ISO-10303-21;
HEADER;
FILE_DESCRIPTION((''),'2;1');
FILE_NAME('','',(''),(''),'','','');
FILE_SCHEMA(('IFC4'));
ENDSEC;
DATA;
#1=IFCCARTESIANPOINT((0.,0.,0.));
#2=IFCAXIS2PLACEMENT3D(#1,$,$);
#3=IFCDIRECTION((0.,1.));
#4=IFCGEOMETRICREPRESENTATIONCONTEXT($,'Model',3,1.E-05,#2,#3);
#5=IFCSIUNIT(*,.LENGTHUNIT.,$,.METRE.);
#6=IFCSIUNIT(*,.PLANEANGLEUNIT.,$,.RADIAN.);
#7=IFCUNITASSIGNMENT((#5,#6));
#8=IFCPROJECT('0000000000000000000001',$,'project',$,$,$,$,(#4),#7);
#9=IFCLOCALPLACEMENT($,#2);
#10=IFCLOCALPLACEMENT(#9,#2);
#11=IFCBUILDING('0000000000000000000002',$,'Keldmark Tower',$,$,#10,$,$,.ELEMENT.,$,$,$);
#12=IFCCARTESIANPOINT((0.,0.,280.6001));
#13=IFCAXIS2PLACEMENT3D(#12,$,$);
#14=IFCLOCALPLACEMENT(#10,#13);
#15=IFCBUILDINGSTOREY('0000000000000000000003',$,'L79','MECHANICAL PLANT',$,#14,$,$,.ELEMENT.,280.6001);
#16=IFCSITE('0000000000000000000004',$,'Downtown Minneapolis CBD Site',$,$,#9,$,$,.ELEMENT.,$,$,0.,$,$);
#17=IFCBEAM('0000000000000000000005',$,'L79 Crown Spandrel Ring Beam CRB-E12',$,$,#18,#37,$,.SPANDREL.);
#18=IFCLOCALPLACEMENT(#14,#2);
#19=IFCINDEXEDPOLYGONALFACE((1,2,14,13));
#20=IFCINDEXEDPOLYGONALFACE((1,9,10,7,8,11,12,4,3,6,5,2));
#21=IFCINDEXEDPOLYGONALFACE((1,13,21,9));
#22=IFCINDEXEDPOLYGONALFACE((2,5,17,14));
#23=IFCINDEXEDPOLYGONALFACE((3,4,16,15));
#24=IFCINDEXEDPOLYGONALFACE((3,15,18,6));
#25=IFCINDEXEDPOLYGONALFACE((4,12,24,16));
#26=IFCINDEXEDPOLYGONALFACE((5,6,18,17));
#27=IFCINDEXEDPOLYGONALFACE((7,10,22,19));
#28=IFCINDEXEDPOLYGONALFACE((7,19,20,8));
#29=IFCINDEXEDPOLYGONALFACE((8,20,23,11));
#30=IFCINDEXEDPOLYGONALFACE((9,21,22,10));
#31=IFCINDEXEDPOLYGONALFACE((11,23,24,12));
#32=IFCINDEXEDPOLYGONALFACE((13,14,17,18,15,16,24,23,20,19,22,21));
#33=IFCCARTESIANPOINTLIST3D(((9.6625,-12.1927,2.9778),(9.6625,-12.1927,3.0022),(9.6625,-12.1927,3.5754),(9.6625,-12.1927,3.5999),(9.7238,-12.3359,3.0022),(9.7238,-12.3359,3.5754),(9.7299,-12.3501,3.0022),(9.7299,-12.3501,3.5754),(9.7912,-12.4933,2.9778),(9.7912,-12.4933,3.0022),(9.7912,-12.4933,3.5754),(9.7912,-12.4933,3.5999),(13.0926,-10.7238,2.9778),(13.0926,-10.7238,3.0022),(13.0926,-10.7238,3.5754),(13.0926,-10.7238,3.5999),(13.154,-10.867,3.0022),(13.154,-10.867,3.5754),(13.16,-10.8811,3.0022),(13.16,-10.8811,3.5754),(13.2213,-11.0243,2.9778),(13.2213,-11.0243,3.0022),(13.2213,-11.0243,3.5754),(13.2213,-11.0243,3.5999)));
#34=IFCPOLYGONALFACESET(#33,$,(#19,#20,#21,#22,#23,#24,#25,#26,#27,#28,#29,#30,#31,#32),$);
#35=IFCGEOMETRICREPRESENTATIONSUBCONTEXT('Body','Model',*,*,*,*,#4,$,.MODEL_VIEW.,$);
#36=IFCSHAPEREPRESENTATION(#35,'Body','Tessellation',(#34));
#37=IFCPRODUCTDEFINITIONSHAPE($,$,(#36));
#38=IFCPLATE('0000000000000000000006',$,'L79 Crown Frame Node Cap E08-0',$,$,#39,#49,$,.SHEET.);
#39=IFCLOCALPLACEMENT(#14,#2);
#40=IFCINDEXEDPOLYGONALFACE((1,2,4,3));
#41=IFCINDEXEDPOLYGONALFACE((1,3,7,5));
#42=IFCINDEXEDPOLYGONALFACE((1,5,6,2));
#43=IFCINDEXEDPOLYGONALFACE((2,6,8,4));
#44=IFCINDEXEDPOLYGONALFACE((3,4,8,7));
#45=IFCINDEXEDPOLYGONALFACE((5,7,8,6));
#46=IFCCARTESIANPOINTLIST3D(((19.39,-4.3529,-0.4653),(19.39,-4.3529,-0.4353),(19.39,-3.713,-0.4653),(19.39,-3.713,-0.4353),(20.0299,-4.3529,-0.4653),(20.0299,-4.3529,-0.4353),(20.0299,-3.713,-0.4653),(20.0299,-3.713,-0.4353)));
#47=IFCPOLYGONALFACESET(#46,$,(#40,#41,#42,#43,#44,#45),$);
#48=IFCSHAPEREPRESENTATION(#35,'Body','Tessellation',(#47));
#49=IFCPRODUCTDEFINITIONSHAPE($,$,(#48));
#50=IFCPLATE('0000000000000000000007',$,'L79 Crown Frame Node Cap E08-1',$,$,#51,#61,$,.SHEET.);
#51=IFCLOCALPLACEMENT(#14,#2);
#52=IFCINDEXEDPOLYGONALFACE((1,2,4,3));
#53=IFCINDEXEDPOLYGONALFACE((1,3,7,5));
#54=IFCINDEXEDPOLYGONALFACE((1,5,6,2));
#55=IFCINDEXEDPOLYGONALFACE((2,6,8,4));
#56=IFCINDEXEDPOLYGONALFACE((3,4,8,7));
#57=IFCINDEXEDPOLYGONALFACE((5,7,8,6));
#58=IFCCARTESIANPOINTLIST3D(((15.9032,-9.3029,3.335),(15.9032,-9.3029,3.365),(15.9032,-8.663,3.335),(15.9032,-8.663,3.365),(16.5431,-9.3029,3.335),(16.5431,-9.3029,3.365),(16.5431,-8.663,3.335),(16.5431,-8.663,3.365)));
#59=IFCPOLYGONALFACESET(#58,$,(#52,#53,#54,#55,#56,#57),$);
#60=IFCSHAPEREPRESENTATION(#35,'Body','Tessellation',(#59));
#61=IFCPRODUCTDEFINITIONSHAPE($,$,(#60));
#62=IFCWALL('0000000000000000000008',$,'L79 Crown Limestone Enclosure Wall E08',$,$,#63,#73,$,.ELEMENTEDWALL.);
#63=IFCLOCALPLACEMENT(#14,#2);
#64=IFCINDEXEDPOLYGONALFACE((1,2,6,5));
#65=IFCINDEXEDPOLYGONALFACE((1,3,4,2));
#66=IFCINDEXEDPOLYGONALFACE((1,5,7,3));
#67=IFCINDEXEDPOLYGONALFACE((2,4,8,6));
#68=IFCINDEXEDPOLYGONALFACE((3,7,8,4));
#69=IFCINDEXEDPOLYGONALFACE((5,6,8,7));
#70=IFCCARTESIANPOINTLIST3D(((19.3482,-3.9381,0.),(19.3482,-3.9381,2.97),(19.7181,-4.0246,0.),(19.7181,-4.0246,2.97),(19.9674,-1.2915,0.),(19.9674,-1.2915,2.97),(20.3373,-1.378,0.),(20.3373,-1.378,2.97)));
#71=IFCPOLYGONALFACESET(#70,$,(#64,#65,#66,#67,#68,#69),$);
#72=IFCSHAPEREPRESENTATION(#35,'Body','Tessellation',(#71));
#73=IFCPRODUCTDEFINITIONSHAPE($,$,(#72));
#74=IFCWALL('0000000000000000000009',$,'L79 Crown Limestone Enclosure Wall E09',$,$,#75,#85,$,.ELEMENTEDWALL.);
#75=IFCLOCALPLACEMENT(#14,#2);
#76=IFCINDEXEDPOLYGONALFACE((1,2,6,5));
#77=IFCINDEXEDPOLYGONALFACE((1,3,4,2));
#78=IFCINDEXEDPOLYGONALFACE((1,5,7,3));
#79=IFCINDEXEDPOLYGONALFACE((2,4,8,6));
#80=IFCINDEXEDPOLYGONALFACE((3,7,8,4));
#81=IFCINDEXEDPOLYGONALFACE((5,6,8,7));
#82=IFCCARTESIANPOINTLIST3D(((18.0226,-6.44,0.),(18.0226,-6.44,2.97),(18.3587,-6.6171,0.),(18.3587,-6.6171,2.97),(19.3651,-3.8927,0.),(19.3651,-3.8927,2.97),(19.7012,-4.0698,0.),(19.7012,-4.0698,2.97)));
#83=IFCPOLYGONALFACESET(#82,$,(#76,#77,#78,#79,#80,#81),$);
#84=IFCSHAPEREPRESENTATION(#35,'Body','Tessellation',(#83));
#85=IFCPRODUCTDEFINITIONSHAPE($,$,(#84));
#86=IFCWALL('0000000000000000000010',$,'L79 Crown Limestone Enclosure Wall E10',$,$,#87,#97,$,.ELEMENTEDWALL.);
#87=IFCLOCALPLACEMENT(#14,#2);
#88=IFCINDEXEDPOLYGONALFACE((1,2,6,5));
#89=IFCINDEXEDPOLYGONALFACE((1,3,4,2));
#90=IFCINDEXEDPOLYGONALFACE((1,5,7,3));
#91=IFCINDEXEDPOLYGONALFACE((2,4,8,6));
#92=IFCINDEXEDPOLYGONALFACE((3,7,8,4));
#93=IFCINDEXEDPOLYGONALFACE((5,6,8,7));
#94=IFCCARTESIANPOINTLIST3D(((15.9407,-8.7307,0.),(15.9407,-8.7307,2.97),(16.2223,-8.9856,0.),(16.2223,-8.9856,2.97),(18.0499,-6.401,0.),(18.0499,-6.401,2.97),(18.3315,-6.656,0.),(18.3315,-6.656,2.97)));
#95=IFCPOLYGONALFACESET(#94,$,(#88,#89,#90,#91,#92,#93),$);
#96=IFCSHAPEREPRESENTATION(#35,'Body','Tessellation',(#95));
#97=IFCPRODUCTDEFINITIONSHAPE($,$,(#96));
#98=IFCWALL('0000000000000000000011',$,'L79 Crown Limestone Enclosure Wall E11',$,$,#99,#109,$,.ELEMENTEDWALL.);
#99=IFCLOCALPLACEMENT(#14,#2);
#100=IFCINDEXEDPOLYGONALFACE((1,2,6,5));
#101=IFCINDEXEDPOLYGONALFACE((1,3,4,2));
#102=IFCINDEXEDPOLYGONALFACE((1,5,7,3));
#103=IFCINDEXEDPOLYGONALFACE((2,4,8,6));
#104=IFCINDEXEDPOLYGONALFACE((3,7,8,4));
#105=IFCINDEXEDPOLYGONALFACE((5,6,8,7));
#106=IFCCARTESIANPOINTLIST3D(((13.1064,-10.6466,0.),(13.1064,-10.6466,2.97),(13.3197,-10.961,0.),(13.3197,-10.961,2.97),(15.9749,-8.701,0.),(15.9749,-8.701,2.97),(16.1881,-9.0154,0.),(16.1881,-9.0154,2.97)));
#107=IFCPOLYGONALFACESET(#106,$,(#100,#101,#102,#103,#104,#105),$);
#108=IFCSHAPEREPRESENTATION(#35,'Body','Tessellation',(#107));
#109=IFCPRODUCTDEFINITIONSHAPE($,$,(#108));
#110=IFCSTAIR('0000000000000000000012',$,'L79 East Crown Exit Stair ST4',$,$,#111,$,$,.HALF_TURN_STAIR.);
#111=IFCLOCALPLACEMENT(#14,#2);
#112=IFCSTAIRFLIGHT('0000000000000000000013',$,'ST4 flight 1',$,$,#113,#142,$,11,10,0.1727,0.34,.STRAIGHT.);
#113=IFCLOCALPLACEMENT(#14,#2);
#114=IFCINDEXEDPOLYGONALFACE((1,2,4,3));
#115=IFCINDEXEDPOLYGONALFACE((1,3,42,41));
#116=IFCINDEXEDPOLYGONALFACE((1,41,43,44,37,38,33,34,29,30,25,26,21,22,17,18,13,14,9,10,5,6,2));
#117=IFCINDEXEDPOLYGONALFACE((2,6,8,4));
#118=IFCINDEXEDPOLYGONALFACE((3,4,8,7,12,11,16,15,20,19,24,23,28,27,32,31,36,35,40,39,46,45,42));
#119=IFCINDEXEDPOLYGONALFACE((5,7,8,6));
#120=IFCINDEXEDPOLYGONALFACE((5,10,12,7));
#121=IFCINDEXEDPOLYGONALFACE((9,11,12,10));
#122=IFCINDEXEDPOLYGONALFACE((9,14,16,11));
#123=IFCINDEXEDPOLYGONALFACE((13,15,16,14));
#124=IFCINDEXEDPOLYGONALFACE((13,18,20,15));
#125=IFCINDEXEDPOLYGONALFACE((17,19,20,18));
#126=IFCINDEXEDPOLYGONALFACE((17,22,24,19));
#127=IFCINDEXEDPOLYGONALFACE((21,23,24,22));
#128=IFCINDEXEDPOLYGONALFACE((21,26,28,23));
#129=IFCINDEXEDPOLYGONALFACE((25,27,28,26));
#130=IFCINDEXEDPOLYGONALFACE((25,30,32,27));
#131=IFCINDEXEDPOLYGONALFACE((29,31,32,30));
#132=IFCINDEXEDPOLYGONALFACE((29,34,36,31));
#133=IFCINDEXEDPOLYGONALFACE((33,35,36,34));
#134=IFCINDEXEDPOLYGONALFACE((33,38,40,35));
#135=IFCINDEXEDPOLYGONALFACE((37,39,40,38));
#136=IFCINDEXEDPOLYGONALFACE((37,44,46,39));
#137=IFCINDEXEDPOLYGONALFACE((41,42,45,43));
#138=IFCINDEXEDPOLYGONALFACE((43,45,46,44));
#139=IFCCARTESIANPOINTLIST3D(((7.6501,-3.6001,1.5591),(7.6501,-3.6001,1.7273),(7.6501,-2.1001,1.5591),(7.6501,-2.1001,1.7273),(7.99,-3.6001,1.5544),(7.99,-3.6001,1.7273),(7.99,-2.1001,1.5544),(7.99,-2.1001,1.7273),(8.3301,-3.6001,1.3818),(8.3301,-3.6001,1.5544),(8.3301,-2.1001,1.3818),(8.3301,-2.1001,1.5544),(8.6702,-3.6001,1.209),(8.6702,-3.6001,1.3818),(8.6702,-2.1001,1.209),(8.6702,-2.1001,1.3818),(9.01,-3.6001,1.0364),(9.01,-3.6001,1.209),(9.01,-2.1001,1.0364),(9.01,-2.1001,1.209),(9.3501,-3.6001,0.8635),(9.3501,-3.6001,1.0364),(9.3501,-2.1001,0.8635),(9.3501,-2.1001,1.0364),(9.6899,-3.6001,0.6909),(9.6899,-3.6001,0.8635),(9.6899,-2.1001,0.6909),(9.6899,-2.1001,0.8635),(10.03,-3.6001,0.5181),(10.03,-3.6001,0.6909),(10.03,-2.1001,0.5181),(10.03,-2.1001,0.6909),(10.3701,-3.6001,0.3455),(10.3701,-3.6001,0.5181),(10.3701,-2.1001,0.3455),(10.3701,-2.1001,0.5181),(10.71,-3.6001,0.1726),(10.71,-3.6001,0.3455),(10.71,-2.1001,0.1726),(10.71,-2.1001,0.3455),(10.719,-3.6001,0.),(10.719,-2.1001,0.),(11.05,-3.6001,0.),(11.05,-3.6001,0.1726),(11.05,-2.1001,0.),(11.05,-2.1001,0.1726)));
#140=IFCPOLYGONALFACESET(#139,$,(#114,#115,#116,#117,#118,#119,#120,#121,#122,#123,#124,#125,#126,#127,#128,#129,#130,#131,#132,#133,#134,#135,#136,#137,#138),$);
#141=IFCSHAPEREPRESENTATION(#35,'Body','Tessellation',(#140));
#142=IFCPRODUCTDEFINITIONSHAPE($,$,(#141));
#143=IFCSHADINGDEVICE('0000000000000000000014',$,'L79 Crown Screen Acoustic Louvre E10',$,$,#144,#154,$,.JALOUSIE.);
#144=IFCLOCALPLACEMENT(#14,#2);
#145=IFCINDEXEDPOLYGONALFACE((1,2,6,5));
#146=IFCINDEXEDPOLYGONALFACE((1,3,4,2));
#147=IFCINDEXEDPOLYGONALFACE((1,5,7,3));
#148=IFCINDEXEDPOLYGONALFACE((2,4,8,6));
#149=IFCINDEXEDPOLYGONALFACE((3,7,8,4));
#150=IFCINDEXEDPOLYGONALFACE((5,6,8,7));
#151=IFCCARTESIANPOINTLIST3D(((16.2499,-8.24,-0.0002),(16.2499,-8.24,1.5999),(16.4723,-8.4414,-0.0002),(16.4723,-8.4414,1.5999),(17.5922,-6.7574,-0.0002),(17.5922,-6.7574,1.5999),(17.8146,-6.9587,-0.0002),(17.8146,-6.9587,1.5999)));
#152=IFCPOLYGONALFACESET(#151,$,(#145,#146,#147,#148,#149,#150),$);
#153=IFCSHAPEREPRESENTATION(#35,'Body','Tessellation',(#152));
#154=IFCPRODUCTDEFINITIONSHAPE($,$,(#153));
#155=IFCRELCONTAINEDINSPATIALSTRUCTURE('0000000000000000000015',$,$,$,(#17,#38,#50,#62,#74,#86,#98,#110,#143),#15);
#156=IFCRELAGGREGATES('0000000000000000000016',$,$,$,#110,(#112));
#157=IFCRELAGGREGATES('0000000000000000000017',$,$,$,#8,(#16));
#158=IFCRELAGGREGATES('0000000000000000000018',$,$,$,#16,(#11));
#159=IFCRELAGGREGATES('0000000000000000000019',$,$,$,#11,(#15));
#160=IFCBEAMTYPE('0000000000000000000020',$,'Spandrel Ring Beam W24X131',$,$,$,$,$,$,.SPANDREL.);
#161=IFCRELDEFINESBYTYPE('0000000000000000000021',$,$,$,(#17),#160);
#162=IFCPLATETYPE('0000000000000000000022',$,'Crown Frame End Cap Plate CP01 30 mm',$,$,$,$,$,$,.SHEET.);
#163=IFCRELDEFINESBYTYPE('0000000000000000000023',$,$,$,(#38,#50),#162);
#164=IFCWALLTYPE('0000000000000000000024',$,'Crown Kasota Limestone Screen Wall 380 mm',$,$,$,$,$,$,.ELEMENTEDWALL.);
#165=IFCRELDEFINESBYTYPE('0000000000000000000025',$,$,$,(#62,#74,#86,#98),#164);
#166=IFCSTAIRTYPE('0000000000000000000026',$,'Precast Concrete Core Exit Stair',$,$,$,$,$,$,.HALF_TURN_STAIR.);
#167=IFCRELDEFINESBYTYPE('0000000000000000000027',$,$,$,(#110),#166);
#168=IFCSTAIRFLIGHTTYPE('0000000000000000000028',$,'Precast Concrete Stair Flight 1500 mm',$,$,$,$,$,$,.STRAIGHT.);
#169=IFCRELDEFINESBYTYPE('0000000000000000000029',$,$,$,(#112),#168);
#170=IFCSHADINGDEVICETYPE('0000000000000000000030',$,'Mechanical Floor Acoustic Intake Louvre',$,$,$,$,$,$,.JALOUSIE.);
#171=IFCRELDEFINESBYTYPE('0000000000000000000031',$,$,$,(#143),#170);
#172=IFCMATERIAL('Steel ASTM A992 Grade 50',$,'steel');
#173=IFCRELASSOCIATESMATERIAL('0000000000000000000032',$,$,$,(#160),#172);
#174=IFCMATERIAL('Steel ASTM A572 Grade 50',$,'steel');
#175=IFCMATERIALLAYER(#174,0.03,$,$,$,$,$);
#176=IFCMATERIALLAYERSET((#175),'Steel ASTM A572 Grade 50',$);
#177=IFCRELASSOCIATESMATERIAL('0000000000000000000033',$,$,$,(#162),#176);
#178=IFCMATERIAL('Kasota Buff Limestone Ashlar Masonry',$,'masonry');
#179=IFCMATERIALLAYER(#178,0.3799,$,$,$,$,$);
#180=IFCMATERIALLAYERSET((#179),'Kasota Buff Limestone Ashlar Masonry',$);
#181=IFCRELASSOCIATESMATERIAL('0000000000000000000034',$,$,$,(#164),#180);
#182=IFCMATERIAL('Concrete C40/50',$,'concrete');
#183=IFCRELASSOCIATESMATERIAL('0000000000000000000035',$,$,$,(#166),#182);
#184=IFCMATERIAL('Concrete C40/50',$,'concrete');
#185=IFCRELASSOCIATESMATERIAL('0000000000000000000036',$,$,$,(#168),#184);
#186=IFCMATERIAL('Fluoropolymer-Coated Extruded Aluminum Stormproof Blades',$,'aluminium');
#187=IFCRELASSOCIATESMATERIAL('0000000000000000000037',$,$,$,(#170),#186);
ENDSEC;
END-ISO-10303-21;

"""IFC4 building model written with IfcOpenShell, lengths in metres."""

from ifc_helpers import new_model, si_unit, direction, frame, frame_2d, origin, origin_2d, place, context, subcontext, project, spatial, polyline, rectangle, i_section, outline, extrude, material, layer, layer_set, material_profile, profile_set, type_object, element, aggregate, save


model = new_model("IFC4")

# Units and contexts
model_context = context("Model", 3, precision=1e-05, world=origin(), true_north=direction((0.0, 1.0)))
body_context = subcontext(model_context, "Body", "Model", "MODEL_VIEW")
ifc_project = project(units=[si_unit("LENGTHUNIT", "METRE"), si_unit("PLANEANGLEUNIT", "RADIAN")], contexts=[model_context])

# Site, building, storey
site_placement = place(None, origin())
site = spatial("IfcSite", under=ifc_project, at=site_placement, Name="Downtown Minneapolis CBD Site", CompositionType="ELEMENT", RefElevation=0.0)
building_placement = place(site_placement, origin())
building = spatial("IfcBuilding", under=site, at=building_placement, Name="Keldmark Tower", CompositionType="ELEMENT")
storey_placement = place(building_placement, frame((0.0, 0.0, 280.6001)))
storey = spatial("IfcBuildingStorey", under=building, at=storey_placement, Name="L79", Description="MECHANICAL PLANT", CompositionType="ELEMENT", Elevation=280.6001)

# Beam
ifc_material_1 = material(Name="Steel ASTM A992 Grade 50", Category="steel")
ifc_material_profile_1 = material_profile(ifc_material_1, i_section(OverallWidth=0.3269, OverallDepth=0.6221, WebThickness=0.0154, FlangeThickness=0.0244, at=origin_2d()), Name="W24X131")
ifc_profile_set_1 = profile_set([ifc_material_profile_1], Name="Steel ASTM A992 Grade 50")
beam_type_1 = type_object("IfcBeamType", Name="Spandrel Ring Beam W24X131", PredefinedType="SPANDREL", material=ifc_profile_set_1)
beam_1_placement = place(storey_placement, frame((13.157, -10.874, 3.2888), z_axis=(-0.91925, -0.393674, 0.0), x_axis=(0.393674, -0.91925, 0.0)))
element("IfcBeam", 1, at=beam_1_placement, inside=storey, type_object=beam_type_1, Name="L79 Crown Spandrel Ring Beam CRB-E12", PredefinedType="SPANDREL", context=body_context, shape_type="SweptSolid", body=[
    extrude(i_section(OverallWidth=0.3269, OverallDepth=0.6221, WebThickness=0.0154, FlangeThickness=0.0244, at=origin_2d()), origin(), (0.0, 0.0, 1.0), 3.7314),
])

# Plates
ifc_material_2 = material(Name="Steel ASTM A572 Grade 50", Category="steel")
ifc_layer_1 = layer(ifc_material_2, 0.03)
ifc_layer_set_1 = layer_set([ifc_layer_1], Name="Steel ASTM A572 Grade 50")
plate_type = type_object("IfcPlateType", Name="Crown Frame End Cap Plate CP01 30 mm", PredefinedType="SHEET", material=ifc_layer_set_1)
for number, where, z_axis, x_axis, name in (
    (2, (19.71, -4.033, -0.4653), (0.0, 0.0, 1.0), (1.0, 0.0, 0.0), "L79 Crown Frame Node Cap E08-0"),
    (3, (16.2231, -8.9829, 3.335), (0.0, 0.0, 1.0), (1.0, 0.0, 0.0), "L79 Crown Frame Node Cap E08-1"),
):
    element("IfcPlate", number, at=place(storey_placement, frame(where, z_axis=z_axis, x_axis=x_axis)), inside=storey, type_object=plate_type, Name=name, PredefinedType="SHEET", context=body_context, shape_type="SweptSolid", body=[
        extrude(rectangle(XDim=0.6399, YDim=0.6399, at=origin_2d()), origin(), (0.0, 0.0, 1.0), 0.03),
    ])

# Walls
ifc_material_3 = material(Name="Kasota Buff Limestone Ashlar Masonry", Category="masonry")
ifc_layer_2 = layer(ifc_material_3, 0.3799)
ifc_layer_set_2 = layer_set([ifc_layer_2], Name="Kasota Buff Limestone Ashlar Masonry")
wall_type_1 = type_object("IfcWallType", Name="Crown Kasota Limestone Screen Wall 380 mm", PredefinedType="ELEMENTEDWALL", material=ifc_layer_set_2)
wall_1_placement = place(storey_placement, frame((19.5332, -3.9812, 0.0), z_axis=(0.0, 0.0, 1.0), x_axis=(0.227797, 0.973709, 0.0)))
element("IfcWall", 4, at=wall_1_placement, inside=storey, type_object=wall_type_1, Name="L79 Crown Limestone Enclosure Wall E08", PredefinedType="ELEMENTEDWALL", context=body_context, shape_type="SweptSolid", body=[
    extrude(rectangle(XDim=2.718, YDim=0.3799, at=frame_2d((1.3589, 0.0))), origin(), (0.0, 0.0, 1.0), 2.97),
])
wall_2_placement = place(storey_placement, frame((18.1907, -6.5286, 0.0), z_axis=(0.0, 0.0, 1.0), x_axis=(0.466239, 0.884659, 0.0)))
element("IfcWall", 5, at=wall_2_placement, inside=storey, type_object=wall_type_1, Name="L79 Crown Limestone Enclosure Wall E09", PredefinedType="ELEMENTEDWALL", context=body_context, shape_type="SweptSolid", body=[
    extrude(rectangle(XDim=2.8794, YDim=0.3799, at=frame_2d((1.4397, 0.0))), origin(), (0.0, 0.0, 1.0), 2.97),
])
wall_3_placement = place(storey_placement, frame((16.0815, -8.8582, 0.0), z_axis=(0.0, 0.0, 1.0), x_axis=(0.671159, 0.741313, 0.0)))
element("IfcWall", 6, at=wall_3_placement, inside=storey, type_object=wall_type_1, Name="L79 Crown Limestone Enclosure Wall E10", PredefinedType="ELEMENTEDWALL", context=body_context, shape_type="SweptSolid", body=[
    extrude(rectangle(XDim=3.1426, YDim=0.3799, at=frame_2d((1.5713, 0.0))), origin(), (0.0, 0.0, 1.0), 2.97),
])
wall_4_placement = place(storey_placement, frame((13.2131, -10.8037, 0.0), z_axis=(0.0, 0.0, 1.0), x_axis=(0.827591, 0.561331, 0.0)))
element("IfcWall", 7, at=wall_4_placement, inside=storey, type_object=wall_type_1, Name="L79 Crown Limestone Enclosure Wall E11", PredefinedType="ELEMENTEDWALL", context=body_context, shape_type="SweptSolid", body=[
    extrude(rectangle(XDim=3.4661, YDim=0.3799, at=frame_2d((1.7329, 0.0))), origin(), (0.0, 0.0, 1.0), 2.97),
])

# Stair, stair flight
ifc_material_4 = material(Name="Concrete C40/50", Category="concrete")
stair_type = type_object("IfcStairType", Name="Precast Concrete Core Exit Stair", PredefinedType="HALF_TURN_STAIR", material=ifc_material_4)
stair_placement = place(storey_placement, origin())
stair = element("IfcStair", 8, at=stair_placement, inside=storey, type_object=stair_type, Name="L79 East Crown Exit Stair ST4", PredefinedType="HALF_TURN_STAIR")
ifc_material_5 = material(Name="Concrete C40/50", Category="concrete")
stair_flight_type = type_object("IfcStairFlightType", Name="Precast Concrete Stair Flight 1500 mm", PredefinedType="STRAIGHT", material=ifc_material_5)
stair_flight_placement = place(storey_placement, frame((11.05, -2.8501, 0.0), z_axis=(0.0, 0.0, 1.0), x_axis=(-1.0, 0.0, 0.0)))
stair_flight = element("IfcStairFlight", 9, at=stair_flight_placement, type_object=stair_flight_type, Name="ST4 flight 1", NumberOfRisers=11, NumberOfTreads=10, PredefinedType="STRAIGHT", RiserHeight=0.1727, TreadLength=0.34, context=body_context, shape_type="SweptSolid", body=[
    extrude(outline(polyline([(0.0, 0.0), (0.0, 0.1726), (0.3401, 0.1726), (0.3401, 0.3455), (0.6799, 0.3455), (0.6799, 0.5181), (1.02, 0.5181), (1.02, 0.6909), (1.3601, 0.6909), (1.3601, 0.8635), (1.7, 0.8635), (1.7, 1.0364), (2.04, 1.0364), (2.04, 1.209), (2.3799, 1.209), (2.3799, 1.3818), (2.72, 1.3818), (2.72, 1.5544), (3.0601, 1.5544), (3.0601, 1.7273), (3.3999, 1.7273), (3.3999, 1.8999), (3.3999, 1.5591), (0.3311, 0.0), (0.0, 0.0)])), frame((0.0, 0.75, 0.0), z_axis=(0.0, -1.0, 0.0), x_axis=(1.0, 0.0, 0.0)), (0.0, 0.0, 1.0), 1.5),
])
aggregate(stair, [stair_flight])

# Shading device
ifc_material_6 = material(Name="Fluoropolymer-Coated Extruded Aluminum Stormproof Blades", Category="aluminium")
shading_device_type = type_object("IfcShadingDeviceType", Name="Mechanical Floor Acoustic Intake Louvre", PredefinedType="JALOUSIE", material=ifc_material_6)
shading_device_placement = place(storey_placement, frame((17.0322, -7.5994, -0.0002), z_axis=(0.0, 0.0, 1.0), x_axis=(0.671151, 0.74132, 0.0)))
element("IfcShadingDevice", 10, at=shading_device_placement, inside=storey, type_object=shading_device_type, Name="L79 Crown Screen Acoustic Louvre E10", PredefinedType="JALOUSIE", context=body_context, shape_type="SweptSolid", body=[
    extrude(rectangle(XDim=2.0, YDim=0.3, at=origin_2d()), origin(), (0.0, 0.0, 1.0), 1.6001),
])

save(model, "model.ifc")
